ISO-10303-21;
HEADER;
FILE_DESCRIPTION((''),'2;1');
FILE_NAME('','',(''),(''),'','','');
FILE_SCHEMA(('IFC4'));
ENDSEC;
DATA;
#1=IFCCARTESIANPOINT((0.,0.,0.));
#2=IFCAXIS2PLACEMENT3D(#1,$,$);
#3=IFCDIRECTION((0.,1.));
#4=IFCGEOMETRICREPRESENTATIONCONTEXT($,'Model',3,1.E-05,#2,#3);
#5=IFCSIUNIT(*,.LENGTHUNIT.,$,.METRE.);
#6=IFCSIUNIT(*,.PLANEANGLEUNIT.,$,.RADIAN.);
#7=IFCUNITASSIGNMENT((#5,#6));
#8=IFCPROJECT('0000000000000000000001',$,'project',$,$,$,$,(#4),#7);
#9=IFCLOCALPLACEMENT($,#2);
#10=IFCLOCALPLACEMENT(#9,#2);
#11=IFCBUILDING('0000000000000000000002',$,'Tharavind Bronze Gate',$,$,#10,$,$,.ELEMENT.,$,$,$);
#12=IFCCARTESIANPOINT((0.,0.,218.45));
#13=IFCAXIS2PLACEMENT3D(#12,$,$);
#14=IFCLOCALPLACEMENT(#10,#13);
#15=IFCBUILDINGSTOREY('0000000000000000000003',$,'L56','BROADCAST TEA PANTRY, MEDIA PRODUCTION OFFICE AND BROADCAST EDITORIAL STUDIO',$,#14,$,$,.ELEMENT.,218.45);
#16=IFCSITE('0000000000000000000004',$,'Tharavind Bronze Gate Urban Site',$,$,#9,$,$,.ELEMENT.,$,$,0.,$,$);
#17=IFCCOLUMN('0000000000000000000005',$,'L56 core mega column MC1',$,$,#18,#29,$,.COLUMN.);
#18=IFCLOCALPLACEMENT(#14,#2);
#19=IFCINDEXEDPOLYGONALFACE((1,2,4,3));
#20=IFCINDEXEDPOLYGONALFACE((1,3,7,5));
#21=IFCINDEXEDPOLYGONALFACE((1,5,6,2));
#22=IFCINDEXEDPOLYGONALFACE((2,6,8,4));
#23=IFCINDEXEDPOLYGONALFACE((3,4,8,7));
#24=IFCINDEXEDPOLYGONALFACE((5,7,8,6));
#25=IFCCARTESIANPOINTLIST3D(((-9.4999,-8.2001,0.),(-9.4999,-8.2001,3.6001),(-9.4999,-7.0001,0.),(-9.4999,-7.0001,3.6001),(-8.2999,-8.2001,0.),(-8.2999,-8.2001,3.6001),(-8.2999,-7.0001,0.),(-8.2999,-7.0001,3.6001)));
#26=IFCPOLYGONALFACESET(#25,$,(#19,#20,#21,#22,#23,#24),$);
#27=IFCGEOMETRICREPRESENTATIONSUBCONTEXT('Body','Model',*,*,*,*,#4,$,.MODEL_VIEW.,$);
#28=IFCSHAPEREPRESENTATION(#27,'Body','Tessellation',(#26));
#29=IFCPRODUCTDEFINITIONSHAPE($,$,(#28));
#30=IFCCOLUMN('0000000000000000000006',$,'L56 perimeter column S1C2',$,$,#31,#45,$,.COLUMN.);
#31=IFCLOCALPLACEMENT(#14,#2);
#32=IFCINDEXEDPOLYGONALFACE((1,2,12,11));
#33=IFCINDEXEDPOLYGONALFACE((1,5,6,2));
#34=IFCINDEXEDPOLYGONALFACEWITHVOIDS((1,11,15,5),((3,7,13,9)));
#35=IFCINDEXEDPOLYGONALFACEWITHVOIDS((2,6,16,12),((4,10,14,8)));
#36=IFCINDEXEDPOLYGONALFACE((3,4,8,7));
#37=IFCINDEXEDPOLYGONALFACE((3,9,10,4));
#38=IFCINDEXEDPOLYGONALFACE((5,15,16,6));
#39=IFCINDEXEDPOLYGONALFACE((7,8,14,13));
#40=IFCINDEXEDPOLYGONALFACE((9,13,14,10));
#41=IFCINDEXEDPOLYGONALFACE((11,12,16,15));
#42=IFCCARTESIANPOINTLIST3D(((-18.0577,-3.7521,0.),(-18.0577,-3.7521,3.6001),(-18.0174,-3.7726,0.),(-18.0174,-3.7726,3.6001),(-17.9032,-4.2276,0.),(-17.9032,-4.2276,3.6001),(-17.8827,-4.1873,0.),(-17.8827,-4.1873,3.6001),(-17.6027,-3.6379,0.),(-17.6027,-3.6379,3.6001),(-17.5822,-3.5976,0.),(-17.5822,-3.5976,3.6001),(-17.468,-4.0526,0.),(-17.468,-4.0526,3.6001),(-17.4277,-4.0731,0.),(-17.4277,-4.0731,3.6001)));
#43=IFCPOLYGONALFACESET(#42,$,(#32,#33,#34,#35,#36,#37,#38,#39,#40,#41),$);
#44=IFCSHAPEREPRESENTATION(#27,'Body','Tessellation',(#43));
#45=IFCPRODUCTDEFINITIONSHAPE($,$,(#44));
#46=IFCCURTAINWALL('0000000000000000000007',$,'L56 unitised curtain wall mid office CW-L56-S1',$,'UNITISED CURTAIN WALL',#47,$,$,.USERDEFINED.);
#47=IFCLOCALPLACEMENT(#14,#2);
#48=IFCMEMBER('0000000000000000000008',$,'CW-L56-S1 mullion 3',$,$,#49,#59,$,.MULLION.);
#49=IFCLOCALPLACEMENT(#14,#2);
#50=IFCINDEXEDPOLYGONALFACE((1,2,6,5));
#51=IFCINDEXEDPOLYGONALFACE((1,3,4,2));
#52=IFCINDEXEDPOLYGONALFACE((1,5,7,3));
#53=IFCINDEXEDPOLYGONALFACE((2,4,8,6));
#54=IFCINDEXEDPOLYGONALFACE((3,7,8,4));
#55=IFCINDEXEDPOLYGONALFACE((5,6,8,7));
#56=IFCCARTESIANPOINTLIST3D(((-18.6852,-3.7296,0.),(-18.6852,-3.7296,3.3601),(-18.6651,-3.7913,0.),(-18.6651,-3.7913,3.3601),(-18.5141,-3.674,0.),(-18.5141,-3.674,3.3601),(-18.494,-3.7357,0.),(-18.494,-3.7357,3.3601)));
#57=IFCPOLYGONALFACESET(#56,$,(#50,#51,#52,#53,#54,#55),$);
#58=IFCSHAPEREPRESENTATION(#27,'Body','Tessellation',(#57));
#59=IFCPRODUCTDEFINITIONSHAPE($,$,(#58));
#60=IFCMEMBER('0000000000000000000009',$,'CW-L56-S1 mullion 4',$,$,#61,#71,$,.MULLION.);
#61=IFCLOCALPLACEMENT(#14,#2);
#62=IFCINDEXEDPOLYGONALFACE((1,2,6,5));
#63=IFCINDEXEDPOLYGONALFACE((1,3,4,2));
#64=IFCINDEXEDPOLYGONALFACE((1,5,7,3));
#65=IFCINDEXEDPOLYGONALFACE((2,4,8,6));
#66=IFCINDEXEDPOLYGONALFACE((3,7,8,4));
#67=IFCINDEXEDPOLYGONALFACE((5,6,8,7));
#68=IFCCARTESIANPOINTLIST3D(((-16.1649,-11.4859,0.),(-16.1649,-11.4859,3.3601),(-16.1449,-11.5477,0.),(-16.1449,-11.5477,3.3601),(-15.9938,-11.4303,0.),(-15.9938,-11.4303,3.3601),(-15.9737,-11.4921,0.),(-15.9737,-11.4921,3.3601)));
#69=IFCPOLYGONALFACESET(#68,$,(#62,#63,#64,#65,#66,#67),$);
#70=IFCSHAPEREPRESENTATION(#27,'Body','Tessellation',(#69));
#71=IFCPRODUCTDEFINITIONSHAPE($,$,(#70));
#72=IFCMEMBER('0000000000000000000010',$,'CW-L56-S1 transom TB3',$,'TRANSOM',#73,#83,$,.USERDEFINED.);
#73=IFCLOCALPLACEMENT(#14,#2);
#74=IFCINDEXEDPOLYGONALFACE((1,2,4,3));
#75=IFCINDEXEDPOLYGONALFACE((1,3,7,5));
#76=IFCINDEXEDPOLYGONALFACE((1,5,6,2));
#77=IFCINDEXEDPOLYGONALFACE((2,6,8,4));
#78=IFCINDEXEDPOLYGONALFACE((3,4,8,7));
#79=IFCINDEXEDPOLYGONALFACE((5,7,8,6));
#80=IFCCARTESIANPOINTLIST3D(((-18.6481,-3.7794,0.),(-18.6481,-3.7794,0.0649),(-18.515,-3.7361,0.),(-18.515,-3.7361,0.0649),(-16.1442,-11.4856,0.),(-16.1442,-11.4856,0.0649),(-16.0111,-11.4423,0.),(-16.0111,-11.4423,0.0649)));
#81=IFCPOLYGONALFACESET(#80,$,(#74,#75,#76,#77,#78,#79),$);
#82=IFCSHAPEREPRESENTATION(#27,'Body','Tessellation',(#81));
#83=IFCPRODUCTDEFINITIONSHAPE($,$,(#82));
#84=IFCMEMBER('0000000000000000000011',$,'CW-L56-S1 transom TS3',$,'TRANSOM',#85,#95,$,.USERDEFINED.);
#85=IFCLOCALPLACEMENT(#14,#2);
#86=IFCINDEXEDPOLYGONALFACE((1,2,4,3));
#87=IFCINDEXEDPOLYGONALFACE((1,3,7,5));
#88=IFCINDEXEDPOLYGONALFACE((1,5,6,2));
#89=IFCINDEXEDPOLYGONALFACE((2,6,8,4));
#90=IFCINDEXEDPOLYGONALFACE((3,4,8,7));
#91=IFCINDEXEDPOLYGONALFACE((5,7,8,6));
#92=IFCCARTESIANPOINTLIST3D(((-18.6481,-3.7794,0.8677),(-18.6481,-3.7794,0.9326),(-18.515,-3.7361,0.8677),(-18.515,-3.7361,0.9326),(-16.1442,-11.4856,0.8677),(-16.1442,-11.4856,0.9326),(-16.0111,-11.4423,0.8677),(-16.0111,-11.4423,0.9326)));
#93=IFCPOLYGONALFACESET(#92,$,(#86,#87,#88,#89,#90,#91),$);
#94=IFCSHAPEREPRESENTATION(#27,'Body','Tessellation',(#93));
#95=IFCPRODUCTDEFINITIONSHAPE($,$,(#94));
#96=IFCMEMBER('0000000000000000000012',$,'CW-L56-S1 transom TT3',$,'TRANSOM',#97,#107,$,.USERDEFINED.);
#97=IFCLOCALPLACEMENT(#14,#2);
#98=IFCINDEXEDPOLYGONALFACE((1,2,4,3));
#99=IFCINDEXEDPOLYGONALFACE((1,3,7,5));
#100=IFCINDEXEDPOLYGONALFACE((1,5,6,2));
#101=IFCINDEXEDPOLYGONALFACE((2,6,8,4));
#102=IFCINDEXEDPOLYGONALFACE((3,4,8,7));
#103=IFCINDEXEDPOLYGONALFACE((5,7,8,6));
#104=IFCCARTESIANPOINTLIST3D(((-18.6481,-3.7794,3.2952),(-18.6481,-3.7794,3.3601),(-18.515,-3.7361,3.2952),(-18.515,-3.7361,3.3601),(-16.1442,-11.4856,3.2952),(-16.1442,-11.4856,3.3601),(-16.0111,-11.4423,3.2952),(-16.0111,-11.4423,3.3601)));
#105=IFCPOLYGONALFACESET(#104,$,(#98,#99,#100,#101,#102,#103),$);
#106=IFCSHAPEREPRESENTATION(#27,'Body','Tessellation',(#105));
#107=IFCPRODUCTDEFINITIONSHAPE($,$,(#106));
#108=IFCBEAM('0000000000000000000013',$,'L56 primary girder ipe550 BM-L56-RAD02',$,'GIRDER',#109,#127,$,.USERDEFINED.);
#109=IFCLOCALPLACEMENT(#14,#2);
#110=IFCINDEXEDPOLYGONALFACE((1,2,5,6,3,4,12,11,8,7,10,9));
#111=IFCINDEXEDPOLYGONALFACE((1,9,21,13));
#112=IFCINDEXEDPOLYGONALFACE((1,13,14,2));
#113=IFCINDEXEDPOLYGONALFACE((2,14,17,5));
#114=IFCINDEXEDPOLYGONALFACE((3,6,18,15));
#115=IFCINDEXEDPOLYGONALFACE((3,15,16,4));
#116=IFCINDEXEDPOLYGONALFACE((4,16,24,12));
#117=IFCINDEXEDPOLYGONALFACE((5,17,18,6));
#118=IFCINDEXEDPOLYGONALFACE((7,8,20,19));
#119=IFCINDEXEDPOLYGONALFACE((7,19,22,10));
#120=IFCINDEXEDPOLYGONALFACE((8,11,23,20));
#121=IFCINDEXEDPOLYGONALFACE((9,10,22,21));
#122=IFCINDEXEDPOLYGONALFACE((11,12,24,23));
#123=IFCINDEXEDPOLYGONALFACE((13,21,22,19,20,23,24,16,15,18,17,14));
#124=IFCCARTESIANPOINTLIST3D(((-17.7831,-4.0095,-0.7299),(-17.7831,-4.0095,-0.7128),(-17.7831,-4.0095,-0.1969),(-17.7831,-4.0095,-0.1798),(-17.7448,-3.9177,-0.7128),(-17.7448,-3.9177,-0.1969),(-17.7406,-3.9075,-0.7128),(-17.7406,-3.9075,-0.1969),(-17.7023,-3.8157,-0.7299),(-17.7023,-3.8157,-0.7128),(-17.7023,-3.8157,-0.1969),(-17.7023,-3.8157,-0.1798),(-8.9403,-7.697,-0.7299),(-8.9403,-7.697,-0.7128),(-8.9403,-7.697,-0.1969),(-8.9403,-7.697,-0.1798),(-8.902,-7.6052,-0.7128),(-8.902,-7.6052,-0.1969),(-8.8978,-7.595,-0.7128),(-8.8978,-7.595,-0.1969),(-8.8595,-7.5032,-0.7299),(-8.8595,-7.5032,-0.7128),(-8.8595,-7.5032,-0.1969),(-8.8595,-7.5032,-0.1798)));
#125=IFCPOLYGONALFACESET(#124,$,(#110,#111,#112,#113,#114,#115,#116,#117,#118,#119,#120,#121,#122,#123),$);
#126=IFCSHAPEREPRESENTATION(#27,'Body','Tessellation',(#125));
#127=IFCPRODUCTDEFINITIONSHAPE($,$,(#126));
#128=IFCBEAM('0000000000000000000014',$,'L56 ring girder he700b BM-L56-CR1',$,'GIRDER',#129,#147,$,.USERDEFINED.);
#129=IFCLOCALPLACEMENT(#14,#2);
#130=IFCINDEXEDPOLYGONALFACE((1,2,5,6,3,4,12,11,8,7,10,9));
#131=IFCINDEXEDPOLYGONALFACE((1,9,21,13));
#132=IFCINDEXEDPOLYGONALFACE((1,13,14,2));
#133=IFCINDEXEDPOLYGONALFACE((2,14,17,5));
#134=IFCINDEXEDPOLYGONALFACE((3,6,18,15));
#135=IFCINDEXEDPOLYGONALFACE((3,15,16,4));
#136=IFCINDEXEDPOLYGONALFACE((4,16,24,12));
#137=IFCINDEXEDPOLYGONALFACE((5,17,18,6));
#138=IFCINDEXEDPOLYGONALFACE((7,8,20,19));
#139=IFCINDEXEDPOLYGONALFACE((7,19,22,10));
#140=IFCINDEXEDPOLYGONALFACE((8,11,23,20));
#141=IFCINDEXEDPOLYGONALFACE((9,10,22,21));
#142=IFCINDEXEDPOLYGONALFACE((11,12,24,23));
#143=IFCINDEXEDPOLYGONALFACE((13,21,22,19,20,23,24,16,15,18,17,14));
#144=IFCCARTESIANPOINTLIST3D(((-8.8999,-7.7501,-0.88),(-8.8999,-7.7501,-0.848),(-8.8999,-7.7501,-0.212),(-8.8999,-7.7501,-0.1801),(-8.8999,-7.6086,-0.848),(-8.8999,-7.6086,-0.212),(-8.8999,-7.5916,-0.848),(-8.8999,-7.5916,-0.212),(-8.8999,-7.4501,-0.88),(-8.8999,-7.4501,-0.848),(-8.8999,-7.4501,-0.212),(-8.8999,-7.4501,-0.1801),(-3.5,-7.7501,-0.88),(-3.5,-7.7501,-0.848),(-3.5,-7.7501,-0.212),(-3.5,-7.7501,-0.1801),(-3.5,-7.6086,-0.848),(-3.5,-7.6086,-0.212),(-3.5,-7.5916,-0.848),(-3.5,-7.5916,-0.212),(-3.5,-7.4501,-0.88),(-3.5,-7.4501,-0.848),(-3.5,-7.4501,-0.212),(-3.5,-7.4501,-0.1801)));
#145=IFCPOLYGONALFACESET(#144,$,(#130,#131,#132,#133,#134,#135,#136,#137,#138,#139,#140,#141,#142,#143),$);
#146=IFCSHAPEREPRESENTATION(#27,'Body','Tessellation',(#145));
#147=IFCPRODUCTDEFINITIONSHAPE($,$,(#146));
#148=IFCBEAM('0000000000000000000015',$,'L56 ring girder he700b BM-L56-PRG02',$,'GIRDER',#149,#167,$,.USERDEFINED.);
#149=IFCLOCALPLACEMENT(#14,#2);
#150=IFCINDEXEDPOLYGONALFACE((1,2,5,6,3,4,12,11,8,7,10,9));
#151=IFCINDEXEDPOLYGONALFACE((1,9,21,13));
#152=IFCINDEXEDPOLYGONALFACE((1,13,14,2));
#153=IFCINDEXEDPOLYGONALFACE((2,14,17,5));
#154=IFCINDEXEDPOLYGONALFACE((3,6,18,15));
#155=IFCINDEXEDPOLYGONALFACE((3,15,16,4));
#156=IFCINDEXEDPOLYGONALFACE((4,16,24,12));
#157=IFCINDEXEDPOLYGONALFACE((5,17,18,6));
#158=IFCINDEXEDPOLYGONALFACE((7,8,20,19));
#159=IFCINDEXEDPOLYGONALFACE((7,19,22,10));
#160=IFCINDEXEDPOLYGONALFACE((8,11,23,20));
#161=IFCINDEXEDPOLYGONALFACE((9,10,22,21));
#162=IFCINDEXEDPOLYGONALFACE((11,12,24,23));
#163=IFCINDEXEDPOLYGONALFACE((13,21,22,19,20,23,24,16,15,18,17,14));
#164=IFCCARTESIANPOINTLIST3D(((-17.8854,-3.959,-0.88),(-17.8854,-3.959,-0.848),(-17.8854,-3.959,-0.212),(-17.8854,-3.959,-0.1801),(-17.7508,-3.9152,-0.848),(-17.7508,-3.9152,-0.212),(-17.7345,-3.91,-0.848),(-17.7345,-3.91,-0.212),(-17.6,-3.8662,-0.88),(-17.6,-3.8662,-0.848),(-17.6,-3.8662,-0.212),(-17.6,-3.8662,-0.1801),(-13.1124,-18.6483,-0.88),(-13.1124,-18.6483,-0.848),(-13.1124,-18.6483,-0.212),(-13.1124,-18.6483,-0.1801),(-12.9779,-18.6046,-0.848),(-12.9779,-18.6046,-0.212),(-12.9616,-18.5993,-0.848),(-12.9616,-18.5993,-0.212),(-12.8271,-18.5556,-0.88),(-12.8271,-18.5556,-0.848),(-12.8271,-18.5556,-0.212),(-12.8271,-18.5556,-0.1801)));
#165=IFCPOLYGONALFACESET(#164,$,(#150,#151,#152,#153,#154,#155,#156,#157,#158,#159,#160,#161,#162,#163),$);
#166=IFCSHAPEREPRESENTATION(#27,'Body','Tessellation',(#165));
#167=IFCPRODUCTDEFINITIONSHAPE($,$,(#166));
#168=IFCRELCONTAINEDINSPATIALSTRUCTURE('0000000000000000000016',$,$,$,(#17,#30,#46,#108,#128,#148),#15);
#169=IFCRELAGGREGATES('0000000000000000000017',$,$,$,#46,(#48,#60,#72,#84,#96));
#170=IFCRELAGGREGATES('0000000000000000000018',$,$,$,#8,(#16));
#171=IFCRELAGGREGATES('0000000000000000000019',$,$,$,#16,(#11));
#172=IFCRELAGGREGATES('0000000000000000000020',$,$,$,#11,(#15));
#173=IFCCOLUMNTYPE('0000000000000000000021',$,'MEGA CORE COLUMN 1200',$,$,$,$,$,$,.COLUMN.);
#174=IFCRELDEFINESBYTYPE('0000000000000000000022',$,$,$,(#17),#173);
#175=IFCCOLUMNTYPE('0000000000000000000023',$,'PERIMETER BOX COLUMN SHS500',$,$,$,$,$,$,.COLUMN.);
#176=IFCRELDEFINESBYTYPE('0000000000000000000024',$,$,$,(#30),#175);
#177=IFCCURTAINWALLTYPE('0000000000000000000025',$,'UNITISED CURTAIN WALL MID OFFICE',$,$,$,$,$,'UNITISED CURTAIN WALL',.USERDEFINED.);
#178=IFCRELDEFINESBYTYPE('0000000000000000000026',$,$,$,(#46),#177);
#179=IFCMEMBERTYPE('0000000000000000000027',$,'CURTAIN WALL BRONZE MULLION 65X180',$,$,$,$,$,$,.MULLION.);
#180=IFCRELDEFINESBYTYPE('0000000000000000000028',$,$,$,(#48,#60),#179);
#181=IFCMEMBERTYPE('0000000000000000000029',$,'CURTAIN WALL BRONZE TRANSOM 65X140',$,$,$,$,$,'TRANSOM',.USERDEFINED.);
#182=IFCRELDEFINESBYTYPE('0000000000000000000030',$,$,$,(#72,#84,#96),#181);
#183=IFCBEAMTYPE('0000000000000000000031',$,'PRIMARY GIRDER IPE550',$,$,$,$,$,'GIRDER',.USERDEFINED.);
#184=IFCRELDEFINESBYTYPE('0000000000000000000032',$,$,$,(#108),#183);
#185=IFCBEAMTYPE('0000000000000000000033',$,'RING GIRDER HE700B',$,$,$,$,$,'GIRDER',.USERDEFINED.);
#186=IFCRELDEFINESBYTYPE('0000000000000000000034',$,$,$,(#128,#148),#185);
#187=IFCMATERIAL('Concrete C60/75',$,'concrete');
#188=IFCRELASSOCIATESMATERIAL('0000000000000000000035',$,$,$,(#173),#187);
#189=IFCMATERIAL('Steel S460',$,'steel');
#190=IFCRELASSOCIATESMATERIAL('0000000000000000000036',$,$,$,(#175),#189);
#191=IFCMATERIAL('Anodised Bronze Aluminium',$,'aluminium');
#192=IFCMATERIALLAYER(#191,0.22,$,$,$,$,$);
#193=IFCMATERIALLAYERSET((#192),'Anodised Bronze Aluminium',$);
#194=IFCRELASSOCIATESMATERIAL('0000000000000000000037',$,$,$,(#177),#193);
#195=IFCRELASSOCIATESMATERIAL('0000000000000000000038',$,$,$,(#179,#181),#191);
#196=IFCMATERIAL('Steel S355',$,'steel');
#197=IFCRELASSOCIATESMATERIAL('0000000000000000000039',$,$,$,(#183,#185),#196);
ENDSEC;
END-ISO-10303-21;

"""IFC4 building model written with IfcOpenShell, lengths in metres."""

from ifc_helpers import new_model, si_unit, direction, frame, origin, origin_2d, place, context, subcontext, project, spatial, rectangle, hollow_rectangle, i_section, extrude, material, layer, layer_set, material_profile, profile_set, type_object, element, aggregate, save


model = new_model("IFC4")

# Units and contexts
model_context = context("Model", 3, precision=1e-05, world=origin(), true_north=direction((0.0, 1.0)))
body_context = subcontext(model_context, "Body", "Model", "MODEL_VIEW")
ifc_project = project(units=[si_unit("LENGTHUNIT", "METRE"), si_unit("PLANEANGLEUNIT", "RADIAN")], contexts=[model_context])

# Site, building, storey
site_placement = place(None, origin())
site = spatial("IfcSite", under=ifc_project, at=site_placement, Name="Tharavind Bronze Gate Urban Site", CompositionType="ELEMENT", RefElevation=0.0)
building_placement = place(site_placement, origin())
building = spatial("IfcBuilding", under=site, at=building_placement, Name="Tharavind Bronze Gate", CompositionType="ELEMENT")
storey_placement = place(building_placement, frame((0.0, 0.0, 218.45)))
storey = spatial("IfcBuildingStorey", under=building, at=storey_placement, Name="L56", Description="BROADCAST TEA PANTRY, MEDIA PRODUCTION OFFICE AND BROADCAST EDITORIAL STUDIO", CompositionType="ELEMENT", Elevation=218.45)

# Columns
ifc_material_1 = material(Name="Concrete C60/75", Category="concrete")
ifc_material_profile_1 = material_profile(ifc_material_1, rectangle(XDim=1.2, YDim=1.2, at=origin_2d()), Name="RCCOL1200")
ifc_profile_set_1 = profile_set([ifc_material_profile_1], Name="Concrete C60/75")
column_type_1 = type_object("IfcColumnType", Name="MEGA CORE COLUMN 1200", PredefinedType="COLUMN", material=ifc_profile_set_1)
column_1_placement = place(storey_placement, frame((-8.8999, -7.6001, 0.0), z_axis=(0.0, 0.0, 1.0), x_axis=(1.0, 0.0, 0.0)))
element("IfcColumn", 1, at=column_1_placement, inside=storey, type_object=column_type_1, Name="L56 core mega column MC1", PredefinedType="COLUMN", context=body_context, shape_type="SweptSolid", body=[
    extrude(rectangle(XDim=1.2, YDim=1.2, at=origin_2d()), origin(), (0.0, 0.0, 1.0), 3.6001),
])
ifc_material_2 = material(Name="Steel S460", Category="steel")
ifc_material_profile_2 = material_profile(ifc_material_2, hollow_rectangle(XDim=0.5, YDim=0.5, WallThickness=0.032, at=origin_2d()), Name="SHS500X32")
ifc_profile_set_2 = profile_set([ifc_material_profile_2], Name="Steel S460")
column_type_2 = type_object("IfcColumnType", Name="PERIMETER BOX COLUMN SHS500", PredefinedType="COLUMN", material=ifc_profile_set_2)
column_2_placement = place(storey_placement, frame((-17.7427, -3.9126, 0.0), z_axis=(0.0, 0.0, 1.0), x_axis=(-0.309017, 0.951057, 0.0)))
element("IfcColumn", 2, at=column_2_placement, inside=storey, type_object=column_type_2, Name="L56 perimeter column S1C2", PredefinedType="COLUMN", context=body_context, shape_type="SweptSolid", body=[
    extrude(hollow_rectangle(XDim=0.5, YDim=0.5, WallThickness=0.032, at=origin_2d()), origin(), (0.0, 0.0, 1.0), 3.6001),
])

# Curtain wall, members
ifc_material_3 = material(Name="Anodised Bronze Aluminium", Category="aluminium")
ifc_layer_1 = layer(ifc_material_3, 0.22)
ifc_layer_set_1 = layer_set([ifc_layer_1], Name="Anodised Bronze Aluminium")
curtain_wall_type = type_object("IfcCurtainWallType", Name="UNITISED CURTAIN WALL MID OFFICE", ElementType="UNITISED CURTAIN WALL", PredefinedType="USERDEFINED", material=ifc_layer_set_1)
curtain_wall_placement = place(storey_placement, origin())
curtain_wall = element("IfcCurtainWall", 3, at=curtain_wall_placement, inside=storey, type_object=curtain_wall_type, Name="L56 unitised curtain wall mid office CW-L56-S1", ObjectType="UNITISED CURTAIN WALL", PredefinedType="USERDEFINED")
member_type_1 = type_object("IfcMemberType", Name="CURTAIN WALL BRONZE MULLION 65X180", PredefinedType="MULLION", material=ifc_material_3)
member_1_placement = place(storey_placement, frame((-18.5896, -3.7327, 0.0), z_axis=(0.0, 0.0, 1.0), x_axis=(0.309017, -0.951057, 0.0)))
member_1 = element("IfcMember", 4, at=member_1_placement, type_object=member_type_1, Name="CW-L56-S1 mullion 3", PredefinedType="MULLION", context=body_context, shape_type="SweptSolid", body=[
    extrude(rectangle(XDim=0.0649, YDim=0.1799, at=origin_2d()), origin(), (0.0, 0.0, 1.0), 3.3601),
])
member_2_placement = place(storey_placement, frame((-16.0693, -11.489, 0.0), z_axis=(0.0, 0.0, 1.0), x_axis=(0.309017, -0.951057, 0.0)))
member_2 = element("IfcMember", 5, at=member_2_placement, type_object=member_type_1, Name="CW-L56-S1 mullion 4", PredefinedType="MULLION", context=body_context, shape_type="SweptSolid", body=[
    extrude(rectangle(XDim=0.0649, YDim=0.1799, at=origin_2d()), origin(), (0.0, 0.0, 1.0), 3.3601),
])
member_type_2 = type_object("IfcMemberType", Name="CURTAIN WALL BRONZE TRANSOM 65X140", ElementType="TRANSOM", PredefinedType="USERDEFINED", material=ifc_material_3)
member_3_placement = place(storey_placement, frame((-17.3296, -7.6108, 0.0), z_axis=(0.0, 0.0, 1.0), x_axis=(0.309017, -0.951057, 0.0)))
member_3 = element("IfcMember", 6, at=member_3_placement, type_object=member_type_2, Name="CW-L56-S1 transom TB3", ObjectType="TRANSOM", PredefinedType="USERDEFINED", context=body_context, shape_type="SweptSolid", body=[
    extrude(rectangle(XDim=8.1028, YDim=0.1399, at=origin_2d()), origin(), (0.0, 0.0, 1.0), 0.0649),
])
member_4_placement = place(storey_placement, frame((-17.3296, -7.6108, 0.8677), z_axis=(0.0, 0.0, 1.0), x_axis=(0.309017, -0.951057, 0.0)))
member_4 = element("IfcMember", 7, at=member_4_placement, type_object=member_type_2, Name="CW-L56-S1 transom TS3", ObjectType="TRANSOM", PredefinedType="USERDEFINED", context=body_context, shape_type="SweptSolid", body=[
    extrude(rectangle(XDim=8.1028, YDim=0.1399, at=origin_2d()), origin(), (0.0, 0.0, 1.0), 0.0649),
])
member_5_placement = place(storey_placement, frame((-17.3296, -7.6108, 3.2952), z_axis=(0.0, 0.0, 1.0), x_axis=(0.309017, -0.951057, 0.0)))
member_5 = element("IfcMember", 8, at=member_5_placement, type_object=member_type_2, Name="CW-L56-S1 transom TT3", ObjectType="TRANSOM", PredefinedType="USERDEFINED", context=body_context, shape_type="SweptSolid", body=[
    extrude(rectangle(XDim=8.1028, YDim=0.1399, at=origin_2d()), origin(), (0.0, 0.0, 1.0), 0.0649),
])

# Beams
ifc_material_4 = material(Name="Steel S355", Category="steel")
ifc_material_profile_3 = material_profile(ifc_material_4, i_section(OverallWidth=0.21, OverallDepth=0.55, WebThickness=0.011, FlangeThickness=0.0171, at=origin_2d()), Name="IPE550")
ifc_profile_set_3 = profile_set([ifc_material_profile_3], Name="Steel S355")
beam_type_1 = type_object("IfcBeamType", Name="PRIMARY GIRDER IPE550", ElementType="GIRDER", PredefinedType="USERDEFINED", material=ifc_profile_set_3)
beam_1_placement = place(storey_placement, frame((-17.7427, -3.9126, -0.4548), z_axis=(0.922965, -0.384883, 0.0), x_axis=(0.384883, 0.922965, 0.0)))
element("IfcBeam", 9, at=beam_1_placement, inside=storey, type_object=beam_type_1, Name="L56 primary girder ipe550 BM-L56-RAD02", ObjectType="GIRDER", PredefinedType="USERDEFINED", context=body_context, shape_type="SweptSolid", body=[
    extrude(i_section(OverallWidth=0.21, OverallDepth=0.55, WebThickness=0.011, FlangeThickness=0.0171, at=origin_2d()), origin(), (0.0, 0.0, 1.0), 9.5808),
])
ifc_material_profile_4 = material_profile(ifc_material_4, i_section(OverallWidth=0.3, OverallDepth=0.7, WebThickness=0.0171, FlangeThickness=0.032, at=origin_2d()), Name="HE700B")
ifc_profile_set_4 = profile_set([ifc_material_profile_4], Name="Steel S355")
beam_type_2 = type_object("IfcBeamType", Name="RING GIRDER HE700B", ElementType="GIRDER", PredefinedType="USERDEFINED", material=ifc_profile_set_4)
beam_2_placement = place(storey_placement, frame((-8.8999, -7.6001, -0.53), z_axis=(1.0, 0.0, 0.0), x_axis=(0.0, 1.0, 0.0)))
element("IfcBeam", 10, at=beam_2_placement, inside=storey, type_object=beam_type_2, Name="L56 ring girder he700b BM-L56-CR1", ObjectType="GIRDER", PredefinedType="USERDEFINED", context=body_context, shape_type="SweptSolid", body=[
    extrude(i_section(OverallWidth=0.3, OverallDepth=0.7, WebThickness=0.0171, FlangeThickness=0.032, at=origin_2d()), origin(), (0.0, 0.0, 1.0), 5.3999),
])
beam_3_placement = place(storey_placement, frame((-17.7427, -3.9126, -0.53), z_axis=(0.30902, -0.951055, 0.0), x_axis=(0.951055, 0.30902, 0.0)))
element("IfcBeam", 11, at=beam_3_placement, inside=storey, type_object=beam_type_2, Name="L56 ring girder he700b BM-L56-PRG02", ObjectType="GIRDER", PredefinedType="USERDEFINED", context=body_context, shape_type="SweptSolid", body=[
    extrude(i_section(OverallWidth=0.3, OverallDepth=0.7, WebThickness=0.0171, FlangeThickness=0.032, at=origin_2d()), origin(), (0.0, 0.0, 1.0), 15.4453),
])

aggregate(curtain_wall, [member_1, member_2, member_3, member_4, member_5])

save(model, "model.ifc")
